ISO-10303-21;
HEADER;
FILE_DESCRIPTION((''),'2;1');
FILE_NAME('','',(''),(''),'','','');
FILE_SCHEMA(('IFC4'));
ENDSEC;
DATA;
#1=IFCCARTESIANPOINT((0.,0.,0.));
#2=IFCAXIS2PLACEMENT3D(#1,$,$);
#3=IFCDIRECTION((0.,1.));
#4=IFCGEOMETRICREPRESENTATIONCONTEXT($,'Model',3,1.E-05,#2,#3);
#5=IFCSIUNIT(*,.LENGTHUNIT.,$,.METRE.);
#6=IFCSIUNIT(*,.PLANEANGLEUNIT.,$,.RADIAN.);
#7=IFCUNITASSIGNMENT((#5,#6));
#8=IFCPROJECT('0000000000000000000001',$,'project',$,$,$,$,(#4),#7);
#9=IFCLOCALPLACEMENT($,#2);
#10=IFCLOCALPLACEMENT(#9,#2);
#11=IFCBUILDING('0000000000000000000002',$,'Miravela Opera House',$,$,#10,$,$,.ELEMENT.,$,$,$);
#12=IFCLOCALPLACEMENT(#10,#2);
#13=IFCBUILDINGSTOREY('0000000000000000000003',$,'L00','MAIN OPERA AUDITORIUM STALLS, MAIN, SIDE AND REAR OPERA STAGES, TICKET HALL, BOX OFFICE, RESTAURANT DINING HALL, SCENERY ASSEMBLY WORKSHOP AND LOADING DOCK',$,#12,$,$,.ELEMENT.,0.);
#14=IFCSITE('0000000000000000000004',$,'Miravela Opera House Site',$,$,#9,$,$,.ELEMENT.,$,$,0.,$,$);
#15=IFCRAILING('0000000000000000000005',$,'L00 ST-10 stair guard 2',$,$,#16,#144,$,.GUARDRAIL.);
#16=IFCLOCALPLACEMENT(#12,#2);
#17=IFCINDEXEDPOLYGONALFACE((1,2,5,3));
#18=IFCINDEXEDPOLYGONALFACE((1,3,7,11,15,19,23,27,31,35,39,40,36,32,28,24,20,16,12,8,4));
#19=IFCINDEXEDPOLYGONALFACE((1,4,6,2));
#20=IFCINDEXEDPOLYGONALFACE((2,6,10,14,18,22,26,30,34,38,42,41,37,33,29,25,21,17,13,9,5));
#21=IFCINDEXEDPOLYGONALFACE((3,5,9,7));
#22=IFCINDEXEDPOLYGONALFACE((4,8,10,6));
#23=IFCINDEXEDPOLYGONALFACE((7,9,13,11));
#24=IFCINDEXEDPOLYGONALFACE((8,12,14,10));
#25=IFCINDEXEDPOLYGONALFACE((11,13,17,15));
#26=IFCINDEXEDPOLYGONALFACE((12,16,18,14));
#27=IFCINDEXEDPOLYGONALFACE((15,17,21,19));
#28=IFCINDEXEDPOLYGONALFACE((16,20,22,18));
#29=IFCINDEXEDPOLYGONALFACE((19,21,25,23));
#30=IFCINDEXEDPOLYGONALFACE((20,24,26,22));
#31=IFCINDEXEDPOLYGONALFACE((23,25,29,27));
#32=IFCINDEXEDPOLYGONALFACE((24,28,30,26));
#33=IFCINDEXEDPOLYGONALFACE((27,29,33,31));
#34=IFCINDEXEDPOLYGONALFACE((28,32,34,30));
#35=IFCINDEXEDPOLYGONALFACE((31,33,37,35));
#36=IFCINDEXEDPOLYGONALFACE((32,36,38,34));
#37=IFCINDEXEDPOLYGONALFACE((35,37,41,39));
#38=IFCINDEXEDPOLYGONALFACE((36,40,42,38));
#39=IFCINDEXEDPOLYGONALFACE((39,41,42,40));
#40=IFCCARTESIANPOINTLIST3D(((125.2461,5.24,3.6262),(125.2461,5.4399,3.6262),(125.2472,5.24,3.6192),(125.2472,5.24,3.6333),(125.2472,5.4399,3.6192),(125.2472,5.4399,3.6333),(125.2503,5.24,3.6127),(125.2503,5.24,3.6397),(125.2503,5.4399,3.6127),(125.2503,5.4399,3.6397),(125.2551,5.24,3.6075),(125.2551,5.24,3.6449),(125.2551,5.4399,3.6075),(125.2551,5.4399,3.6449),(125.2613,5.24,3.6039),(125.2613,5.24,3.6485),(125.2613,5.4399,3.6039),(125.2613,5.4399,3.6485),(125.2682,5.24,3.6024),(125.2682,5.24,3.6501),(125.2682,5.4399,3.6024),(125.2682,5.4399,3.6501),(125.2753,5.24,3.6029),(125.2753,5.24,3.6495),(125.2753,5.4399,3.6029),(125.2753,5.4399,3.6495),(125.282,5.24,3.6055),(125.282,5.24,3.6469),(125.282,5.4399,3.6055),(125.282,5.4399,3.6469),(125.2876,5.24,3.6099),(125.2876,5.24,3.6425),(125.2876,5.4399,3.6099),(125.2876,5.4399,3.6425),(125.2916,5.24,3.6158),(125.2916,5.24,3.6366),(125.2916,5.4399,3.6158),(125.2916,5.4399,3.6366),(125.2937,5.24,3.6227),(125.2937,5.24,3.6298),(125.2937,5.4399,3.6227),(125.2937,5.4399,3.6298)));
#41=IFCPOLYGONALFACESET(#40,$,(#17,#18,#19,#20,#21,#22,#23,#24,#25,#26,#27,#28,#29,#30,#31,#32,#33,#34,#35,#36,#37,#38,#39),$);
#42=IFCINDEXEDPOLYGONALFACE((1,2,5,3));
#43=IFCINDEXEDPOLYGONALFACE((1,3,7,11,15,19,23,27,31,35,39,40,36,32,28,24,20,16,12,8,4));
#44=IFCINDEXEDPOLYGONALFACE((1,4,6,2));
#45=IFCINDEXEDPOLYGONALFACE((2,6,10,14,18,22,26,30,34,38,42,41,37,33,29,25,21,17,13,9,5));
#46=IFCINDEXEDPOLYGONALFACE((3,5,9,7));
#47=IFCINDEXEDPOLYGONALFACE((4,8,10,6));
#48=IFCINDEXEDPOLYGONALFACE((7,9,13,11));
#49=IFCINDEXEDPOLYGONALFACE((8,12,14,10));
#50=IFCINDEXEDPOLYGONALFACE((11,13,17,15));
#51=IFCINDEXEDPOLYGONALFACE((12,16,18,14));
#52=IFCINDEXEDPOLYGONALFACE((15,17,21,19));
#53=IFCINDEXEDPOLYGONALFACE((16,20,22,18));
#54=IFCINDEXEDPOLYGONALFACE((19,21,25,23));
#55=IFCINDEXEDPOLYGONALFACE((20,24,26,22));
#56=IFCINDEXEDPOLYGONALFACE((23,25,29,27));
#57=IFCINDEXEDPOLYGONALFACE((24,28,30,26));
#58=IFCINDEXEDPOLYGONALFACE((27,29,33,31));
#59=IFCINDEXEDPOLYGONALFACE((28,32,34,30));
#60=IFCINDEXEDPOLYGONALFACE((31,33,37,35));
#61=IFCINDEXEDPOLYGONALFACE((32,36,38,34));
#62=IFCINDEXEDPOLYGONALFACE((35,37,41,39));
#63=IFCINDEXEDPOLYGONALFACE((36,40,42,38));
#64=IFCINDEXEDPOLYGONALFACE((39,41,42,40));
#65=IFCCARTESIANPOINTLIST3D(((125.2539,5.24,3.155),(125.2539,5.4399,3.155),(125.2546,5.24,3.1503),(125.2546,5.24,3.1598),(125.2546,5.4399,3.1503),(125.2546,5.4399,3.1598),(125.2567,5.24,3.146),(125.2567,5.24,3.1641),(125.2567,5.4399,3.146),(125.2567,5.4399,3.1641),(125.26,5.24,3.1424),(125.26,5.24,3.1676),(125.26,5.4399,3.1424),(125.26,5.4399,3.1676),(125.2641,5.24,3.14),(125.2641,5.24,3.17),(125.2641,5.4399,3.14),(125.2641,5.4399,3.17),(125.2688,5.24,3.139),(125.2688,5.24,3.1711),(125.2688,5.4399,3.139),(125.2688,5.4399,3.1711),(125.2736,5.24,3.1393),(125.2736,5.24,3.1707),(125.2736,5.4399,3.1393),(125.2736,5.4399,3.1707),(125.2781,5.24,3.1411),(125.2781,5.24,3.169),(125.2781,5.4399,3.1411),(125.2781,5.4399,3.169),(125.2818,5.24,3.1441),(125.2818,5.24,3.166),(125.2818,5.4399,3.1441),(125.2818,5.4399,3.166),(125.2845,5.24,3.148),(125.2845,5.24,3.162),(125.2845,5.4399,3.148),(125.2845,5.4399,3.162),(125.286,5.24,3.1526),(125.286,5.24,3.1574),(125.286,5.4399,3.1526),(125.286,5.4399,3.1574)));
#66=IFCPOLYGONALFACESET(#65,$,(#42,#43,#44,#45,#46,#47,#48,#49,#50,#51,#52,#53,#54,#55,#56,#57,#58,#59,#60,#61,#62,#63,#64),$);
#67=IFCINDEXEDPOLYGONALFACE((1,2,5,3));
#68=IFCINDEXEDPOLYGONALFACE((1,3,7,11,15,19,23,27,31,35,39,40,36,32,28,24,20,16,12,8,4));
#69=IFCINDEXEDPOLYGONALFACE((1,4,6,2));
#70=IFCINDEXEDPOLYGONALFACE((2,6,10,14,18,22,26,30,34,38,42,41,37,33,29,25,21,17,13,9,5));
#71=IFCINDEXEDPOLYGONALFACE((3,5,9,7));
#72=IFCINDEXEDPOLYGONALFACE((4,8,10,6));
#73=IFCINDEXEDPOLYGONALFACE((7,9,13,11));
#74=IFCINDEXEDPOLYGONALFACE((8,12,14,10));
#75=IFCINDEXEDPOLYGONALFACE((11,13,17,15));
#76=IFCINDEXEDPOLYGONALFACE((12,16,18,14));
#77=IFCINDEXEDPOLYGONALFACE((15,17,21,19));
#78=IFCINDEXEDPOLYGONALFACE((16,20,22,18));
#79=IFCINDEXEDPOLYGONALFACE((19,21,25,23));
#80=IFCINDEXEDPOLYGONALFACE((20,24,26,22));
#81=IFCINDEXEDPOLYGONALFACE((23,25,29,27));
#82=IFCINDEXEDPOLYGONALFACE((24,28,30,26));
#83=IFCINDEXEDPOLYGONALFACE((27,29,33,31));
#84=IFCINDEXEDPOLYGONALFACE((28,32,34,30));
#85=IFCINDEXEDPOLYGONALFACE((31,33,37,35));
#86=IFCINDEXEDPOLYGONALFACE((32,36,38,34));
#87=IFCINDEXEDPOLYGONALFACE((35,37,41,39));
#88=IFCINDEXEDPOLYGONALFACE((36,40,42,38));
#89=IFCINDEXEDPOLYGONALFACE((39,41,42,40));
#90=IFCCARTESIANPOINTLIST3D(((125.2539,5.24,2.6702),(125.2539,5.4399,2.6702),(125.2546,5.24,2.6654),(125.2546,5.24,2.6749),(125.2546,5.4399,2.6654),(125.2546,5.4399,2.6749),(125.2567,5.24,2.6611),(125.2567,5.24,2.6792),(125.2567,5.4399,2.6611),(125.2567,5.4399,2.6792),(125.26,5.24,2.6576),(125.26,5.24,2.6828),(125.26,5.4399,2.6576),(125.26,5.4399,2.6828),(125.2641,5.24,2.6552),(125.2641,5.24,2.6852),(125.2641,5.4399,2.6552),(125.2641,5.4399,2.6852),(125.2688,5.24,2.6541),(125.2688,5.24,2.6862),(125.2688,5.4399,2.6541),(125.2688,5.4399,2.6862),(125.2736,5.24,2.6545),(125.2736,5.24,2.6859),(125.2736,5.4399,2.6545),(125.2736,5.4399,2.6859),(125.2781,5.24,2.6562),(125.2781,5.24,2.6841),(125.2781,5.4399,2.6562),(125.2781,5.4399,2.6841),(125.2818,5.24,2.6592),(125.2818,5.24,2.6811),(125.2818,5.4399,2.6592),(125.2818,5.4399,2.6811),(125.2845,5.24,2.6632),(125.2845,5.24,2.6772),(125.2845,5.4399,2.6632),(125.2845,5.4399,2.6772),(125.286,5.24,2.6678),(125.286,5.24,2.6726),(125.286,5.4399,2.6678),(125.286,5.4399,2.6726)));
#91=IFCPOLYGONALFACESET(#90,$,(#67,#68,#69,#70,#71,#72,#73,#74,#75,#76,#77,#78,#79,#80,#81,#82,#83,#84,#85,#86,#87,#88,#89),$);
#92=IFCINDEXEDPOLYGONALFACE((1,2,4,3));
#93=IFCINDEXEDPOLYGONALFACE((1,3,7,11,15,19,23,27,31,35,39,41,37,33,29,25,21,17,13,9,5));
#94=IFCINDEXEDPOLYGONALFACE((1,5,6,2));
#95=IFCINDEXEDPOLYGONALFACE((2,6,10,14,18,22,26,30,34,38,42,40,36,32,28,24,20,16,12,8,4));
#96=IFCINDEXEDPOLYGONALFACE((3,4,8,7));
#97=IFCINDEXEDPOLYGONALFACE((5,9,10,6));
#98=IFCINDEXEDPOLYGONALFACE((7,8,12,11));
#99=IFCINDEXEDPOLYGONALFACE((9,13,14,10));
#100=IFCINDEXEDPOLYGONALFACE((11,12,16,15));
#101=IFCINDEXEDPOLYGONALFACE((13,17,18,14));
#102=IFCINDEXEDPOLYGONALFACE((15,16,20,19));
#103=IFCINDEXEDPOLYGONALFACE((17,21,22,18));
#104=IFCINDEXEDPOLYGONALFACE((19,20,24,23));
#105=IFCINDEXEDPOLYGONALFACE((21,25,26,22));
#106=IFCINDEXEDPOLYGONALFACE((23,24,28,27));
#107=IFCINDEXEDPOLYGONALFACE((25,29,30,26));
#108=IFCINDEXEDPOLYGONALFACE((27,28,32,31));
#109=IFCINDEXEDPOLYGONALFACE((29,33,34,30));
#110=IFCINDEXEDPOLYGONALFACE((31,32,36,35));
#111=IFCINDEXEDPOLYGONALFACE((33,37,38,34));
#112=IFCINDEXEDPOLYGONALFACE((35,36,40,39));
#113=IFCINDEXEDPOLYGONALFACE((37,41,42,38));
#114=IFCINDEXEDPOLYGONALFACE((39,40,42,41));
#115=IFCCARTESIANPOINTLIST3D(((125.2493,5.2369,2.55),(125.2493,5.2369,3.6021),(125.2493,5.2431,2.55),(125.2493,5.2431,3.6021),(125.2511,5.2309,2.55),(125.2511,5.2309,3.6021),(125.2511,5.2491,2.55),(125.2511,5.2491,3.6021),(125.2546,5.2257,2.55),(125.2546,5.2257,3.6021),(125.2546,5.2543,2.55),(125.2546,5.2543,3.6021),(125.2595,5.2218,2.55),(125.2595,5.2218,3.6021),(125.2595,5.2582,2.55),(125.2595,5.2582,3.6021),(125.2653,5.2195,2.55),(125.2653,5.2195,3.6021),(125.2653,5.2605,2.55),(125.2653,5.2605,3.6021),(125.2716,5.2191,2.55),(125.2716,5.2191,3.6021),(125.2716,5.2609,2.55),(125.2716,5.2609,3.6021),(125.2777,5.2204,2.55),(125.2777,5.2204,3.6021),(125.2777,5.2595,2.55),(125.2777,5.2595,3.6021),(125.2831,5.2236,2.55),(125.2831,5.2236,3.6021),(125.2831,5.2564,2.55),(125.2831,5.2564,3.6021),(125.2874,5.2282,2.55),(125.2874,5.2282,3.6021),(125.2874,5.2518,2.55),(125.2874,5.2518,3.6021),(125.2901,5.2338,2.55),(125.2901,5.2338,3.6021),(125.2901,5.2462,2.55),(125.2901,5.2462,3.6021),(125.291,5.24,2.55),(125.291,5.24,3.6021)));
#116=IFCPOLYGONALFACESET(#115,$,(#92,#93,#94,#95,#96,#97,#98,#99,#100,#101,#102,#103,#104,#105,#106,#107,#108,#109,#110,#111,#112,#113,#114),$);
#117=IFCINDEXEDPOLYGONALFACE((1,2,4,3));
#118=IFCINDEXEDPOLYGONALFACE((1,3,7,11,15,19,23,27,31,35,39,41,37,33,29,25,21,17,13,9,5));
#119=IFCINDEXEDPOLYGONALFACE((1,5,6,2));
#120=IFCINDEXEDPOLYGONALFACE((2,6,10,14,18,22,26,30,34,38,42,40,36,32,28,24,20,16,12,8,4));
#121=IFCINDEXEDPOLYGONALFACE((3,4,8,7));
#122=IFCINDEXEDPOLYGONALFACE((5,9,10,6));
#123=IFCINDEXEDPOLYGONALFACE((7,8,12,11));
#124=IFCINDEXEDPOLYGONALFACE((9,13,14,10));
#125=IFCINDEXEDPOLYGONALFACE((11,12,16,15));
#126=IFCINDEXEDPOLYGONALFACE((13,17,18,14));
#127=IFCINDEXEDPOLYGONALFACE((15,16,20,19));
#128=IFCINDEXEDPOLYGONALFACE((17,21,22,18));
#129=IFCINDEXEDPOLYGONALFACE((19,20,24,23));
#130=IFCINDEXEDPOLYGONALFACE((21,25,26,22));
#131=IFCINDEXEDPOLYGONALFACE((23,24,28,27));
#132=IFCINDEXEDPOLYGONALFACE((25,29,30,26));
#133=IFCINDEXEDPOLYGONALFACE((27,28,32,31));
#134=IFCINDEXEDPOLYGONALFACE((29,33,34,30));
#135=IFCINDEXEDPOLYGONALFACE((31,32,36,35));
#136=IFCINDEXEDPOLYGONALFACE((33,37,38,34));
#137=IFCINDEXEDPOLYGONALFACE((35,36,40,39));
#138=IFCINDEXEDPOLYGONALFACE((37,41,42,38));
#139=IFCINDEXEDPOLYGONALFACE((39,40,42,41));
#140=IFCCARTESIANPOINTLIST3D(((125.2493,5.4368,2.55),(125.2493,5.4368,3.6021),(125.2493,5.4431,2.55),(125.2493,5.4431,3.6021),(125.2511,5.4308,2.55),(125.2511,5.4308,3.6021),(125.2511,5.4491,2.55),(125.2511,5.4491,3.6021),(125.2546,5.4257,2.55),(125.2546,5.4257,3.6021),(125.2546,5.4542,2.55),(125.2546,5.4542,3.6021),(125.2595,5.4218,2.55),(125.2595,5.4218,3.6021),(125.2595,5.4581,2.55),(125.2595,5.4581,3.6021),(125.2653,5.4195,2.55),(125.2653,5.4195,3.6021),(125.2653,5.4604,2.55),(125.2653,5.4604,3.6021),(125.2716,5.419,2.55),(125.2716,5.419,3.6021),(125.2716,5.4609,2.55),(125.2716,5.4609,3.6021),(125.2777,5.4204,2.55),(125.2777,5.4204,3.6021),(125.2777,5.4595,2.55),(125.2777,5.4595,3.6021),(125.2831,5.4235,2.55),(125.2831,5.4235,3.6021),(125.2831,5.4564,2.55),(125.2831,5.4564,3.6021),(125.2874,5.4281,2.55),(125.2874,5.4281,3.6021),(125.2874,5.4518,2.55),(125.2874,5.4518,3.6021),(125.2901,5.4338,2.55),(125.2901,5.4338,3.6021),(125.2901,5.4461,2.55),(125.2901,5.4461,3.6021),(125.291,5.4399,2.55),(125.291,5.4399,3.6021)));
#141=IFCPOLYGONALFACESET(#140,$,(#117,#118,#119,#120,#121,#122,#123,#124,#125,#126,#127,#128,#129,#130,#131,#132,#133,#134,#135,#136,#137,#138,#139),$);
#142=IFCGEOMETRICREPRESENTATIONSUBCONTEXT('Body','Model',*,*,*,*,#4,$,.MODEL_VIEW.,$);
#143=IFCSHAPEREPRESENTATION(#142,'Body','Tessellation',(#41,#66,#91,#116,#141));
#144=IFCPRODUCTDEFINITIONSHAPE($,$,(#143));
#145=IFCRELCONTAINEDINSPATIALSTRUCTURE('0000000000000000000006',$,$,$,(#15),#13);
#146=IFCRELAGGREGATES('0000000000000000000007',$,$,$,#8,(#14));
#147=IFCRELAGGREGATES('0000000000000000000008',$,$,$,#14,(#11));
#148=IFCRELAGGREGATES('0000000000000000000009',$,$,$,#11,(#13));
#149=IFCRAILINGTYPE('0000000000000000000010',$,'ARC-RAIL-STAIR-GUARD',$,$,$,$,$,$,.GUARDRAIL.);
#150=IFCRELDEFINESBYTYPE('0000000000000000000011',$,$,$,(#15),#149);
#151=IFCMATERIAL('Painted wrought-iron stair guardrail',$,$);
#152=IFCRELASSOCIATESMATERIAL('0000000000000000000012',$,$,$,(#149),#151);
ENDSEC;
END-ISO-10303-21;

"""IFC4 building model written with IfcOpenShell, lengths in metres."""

from ifc_helpers import new_model, si_unit, direction, frame, origin, origin_2d, place, context, subcontext, project, spatial, circle, extrude, material, type_object, element, save


model = new_model("IFC4")

# Units and contexts
model_context = context("Model", 3, precision=1e-05, world=origin(), true_north=direction((0.0, 1.0)))
body_context = subcontext(model_context, "Body", "Model", "MODEL_VIEW")
ifc_project = project(units=[si_unit("LENGTHUNIT", "METRE"), si_unit("PLANEANGLEUNIT", "RADIAN")], contexts=[model_context])

# Site, building, storey
site_placement = place(None, origin())
site = spatial("IfcSite", under=ifc_project, at=site_placement, Name="Miravela Opera House Site", CompositionType="ELEMENT", RefElevation=0.0)
building_placement = place(site_placement, origin())
building = spatial("IfcBuilding", under=site, at=building_placement, Name="Miravela Opera House", CompositionType="ELEMENT")
storey_placement = place(building_placement, origin())
storey = spatial("IfcBuildingStorey", under=building, at=storey_placement, Name="L00", Description="MAIN OPERA AUDITORIUM STALLS, MAIN, SIDE AND REAR OPERA STAGES, TICKET HALL, BOX OFFICE, RESTAURANT DINING HALL, SCENERY ASSEMBLY WORKSHOP AND LOADING DOCK", CompositionType="ELEMENT", Elevation=0.0)

# Railing
ifc_material_1 = material(Name="Painted wrought-iron stair guardrail")
railing_type_1 = type_object("IfcRailingType", Name="ARC-RAIL-STAIR-GUARD", PredefinedType="GUARDRAIL", material=ifc_material_1)
railing_1_placement = place(storey_placement, frame((125.27, 5.24, 2.55)))
element("IfcRailing", 1, at=railing_1_placement, inside=storey, type_object=railing_type_1, Name="L00 ST-10 stair guard 2", PredefinedType="GUARDRAIL", context=body_context, shape_type="SweptSolid", body=[
    extrude(circle(Radius=0.0239, at=origin_2d()), frame((0.0, 0.0, 1.0762), z_axis=(0.0, 1.0, 0.0), x_axis=(-1.0, 0.0, 0.0)), (0.0, 0.0, 1.0), 0.2),
    extrude(circle(Radius=0.0161, at=origin_2d()), frame((0.0, 0.0, 0.605), z_axis=(0.0, 1.0, 0.0), x_axis=(-1.0, 0.0, 0.0)), (0.0, 0.0, 1.0), 0.2),
    extrude(circle(Radius=0.0161, at=origin_2d()), frame((0.0, 0.0, 0.1201), z_axis=(0.0, 1.0, 0.0), x_axis=(-1.0, 0.0, 0.0)), (0.0, 0.0, 1.0), 0.2),
    extrude(circle(Radius=0.021, at=origin_2d()), origin(), (0.0, 0.0, 1.0), 1.052),
    extrude(circle(Radius=0.021, at=origin_2d()), frame((0.0, 0.2, 0.0)), (0.0, 0.0, 1.0), 1.052),
])

save(model, "model.ifc")
